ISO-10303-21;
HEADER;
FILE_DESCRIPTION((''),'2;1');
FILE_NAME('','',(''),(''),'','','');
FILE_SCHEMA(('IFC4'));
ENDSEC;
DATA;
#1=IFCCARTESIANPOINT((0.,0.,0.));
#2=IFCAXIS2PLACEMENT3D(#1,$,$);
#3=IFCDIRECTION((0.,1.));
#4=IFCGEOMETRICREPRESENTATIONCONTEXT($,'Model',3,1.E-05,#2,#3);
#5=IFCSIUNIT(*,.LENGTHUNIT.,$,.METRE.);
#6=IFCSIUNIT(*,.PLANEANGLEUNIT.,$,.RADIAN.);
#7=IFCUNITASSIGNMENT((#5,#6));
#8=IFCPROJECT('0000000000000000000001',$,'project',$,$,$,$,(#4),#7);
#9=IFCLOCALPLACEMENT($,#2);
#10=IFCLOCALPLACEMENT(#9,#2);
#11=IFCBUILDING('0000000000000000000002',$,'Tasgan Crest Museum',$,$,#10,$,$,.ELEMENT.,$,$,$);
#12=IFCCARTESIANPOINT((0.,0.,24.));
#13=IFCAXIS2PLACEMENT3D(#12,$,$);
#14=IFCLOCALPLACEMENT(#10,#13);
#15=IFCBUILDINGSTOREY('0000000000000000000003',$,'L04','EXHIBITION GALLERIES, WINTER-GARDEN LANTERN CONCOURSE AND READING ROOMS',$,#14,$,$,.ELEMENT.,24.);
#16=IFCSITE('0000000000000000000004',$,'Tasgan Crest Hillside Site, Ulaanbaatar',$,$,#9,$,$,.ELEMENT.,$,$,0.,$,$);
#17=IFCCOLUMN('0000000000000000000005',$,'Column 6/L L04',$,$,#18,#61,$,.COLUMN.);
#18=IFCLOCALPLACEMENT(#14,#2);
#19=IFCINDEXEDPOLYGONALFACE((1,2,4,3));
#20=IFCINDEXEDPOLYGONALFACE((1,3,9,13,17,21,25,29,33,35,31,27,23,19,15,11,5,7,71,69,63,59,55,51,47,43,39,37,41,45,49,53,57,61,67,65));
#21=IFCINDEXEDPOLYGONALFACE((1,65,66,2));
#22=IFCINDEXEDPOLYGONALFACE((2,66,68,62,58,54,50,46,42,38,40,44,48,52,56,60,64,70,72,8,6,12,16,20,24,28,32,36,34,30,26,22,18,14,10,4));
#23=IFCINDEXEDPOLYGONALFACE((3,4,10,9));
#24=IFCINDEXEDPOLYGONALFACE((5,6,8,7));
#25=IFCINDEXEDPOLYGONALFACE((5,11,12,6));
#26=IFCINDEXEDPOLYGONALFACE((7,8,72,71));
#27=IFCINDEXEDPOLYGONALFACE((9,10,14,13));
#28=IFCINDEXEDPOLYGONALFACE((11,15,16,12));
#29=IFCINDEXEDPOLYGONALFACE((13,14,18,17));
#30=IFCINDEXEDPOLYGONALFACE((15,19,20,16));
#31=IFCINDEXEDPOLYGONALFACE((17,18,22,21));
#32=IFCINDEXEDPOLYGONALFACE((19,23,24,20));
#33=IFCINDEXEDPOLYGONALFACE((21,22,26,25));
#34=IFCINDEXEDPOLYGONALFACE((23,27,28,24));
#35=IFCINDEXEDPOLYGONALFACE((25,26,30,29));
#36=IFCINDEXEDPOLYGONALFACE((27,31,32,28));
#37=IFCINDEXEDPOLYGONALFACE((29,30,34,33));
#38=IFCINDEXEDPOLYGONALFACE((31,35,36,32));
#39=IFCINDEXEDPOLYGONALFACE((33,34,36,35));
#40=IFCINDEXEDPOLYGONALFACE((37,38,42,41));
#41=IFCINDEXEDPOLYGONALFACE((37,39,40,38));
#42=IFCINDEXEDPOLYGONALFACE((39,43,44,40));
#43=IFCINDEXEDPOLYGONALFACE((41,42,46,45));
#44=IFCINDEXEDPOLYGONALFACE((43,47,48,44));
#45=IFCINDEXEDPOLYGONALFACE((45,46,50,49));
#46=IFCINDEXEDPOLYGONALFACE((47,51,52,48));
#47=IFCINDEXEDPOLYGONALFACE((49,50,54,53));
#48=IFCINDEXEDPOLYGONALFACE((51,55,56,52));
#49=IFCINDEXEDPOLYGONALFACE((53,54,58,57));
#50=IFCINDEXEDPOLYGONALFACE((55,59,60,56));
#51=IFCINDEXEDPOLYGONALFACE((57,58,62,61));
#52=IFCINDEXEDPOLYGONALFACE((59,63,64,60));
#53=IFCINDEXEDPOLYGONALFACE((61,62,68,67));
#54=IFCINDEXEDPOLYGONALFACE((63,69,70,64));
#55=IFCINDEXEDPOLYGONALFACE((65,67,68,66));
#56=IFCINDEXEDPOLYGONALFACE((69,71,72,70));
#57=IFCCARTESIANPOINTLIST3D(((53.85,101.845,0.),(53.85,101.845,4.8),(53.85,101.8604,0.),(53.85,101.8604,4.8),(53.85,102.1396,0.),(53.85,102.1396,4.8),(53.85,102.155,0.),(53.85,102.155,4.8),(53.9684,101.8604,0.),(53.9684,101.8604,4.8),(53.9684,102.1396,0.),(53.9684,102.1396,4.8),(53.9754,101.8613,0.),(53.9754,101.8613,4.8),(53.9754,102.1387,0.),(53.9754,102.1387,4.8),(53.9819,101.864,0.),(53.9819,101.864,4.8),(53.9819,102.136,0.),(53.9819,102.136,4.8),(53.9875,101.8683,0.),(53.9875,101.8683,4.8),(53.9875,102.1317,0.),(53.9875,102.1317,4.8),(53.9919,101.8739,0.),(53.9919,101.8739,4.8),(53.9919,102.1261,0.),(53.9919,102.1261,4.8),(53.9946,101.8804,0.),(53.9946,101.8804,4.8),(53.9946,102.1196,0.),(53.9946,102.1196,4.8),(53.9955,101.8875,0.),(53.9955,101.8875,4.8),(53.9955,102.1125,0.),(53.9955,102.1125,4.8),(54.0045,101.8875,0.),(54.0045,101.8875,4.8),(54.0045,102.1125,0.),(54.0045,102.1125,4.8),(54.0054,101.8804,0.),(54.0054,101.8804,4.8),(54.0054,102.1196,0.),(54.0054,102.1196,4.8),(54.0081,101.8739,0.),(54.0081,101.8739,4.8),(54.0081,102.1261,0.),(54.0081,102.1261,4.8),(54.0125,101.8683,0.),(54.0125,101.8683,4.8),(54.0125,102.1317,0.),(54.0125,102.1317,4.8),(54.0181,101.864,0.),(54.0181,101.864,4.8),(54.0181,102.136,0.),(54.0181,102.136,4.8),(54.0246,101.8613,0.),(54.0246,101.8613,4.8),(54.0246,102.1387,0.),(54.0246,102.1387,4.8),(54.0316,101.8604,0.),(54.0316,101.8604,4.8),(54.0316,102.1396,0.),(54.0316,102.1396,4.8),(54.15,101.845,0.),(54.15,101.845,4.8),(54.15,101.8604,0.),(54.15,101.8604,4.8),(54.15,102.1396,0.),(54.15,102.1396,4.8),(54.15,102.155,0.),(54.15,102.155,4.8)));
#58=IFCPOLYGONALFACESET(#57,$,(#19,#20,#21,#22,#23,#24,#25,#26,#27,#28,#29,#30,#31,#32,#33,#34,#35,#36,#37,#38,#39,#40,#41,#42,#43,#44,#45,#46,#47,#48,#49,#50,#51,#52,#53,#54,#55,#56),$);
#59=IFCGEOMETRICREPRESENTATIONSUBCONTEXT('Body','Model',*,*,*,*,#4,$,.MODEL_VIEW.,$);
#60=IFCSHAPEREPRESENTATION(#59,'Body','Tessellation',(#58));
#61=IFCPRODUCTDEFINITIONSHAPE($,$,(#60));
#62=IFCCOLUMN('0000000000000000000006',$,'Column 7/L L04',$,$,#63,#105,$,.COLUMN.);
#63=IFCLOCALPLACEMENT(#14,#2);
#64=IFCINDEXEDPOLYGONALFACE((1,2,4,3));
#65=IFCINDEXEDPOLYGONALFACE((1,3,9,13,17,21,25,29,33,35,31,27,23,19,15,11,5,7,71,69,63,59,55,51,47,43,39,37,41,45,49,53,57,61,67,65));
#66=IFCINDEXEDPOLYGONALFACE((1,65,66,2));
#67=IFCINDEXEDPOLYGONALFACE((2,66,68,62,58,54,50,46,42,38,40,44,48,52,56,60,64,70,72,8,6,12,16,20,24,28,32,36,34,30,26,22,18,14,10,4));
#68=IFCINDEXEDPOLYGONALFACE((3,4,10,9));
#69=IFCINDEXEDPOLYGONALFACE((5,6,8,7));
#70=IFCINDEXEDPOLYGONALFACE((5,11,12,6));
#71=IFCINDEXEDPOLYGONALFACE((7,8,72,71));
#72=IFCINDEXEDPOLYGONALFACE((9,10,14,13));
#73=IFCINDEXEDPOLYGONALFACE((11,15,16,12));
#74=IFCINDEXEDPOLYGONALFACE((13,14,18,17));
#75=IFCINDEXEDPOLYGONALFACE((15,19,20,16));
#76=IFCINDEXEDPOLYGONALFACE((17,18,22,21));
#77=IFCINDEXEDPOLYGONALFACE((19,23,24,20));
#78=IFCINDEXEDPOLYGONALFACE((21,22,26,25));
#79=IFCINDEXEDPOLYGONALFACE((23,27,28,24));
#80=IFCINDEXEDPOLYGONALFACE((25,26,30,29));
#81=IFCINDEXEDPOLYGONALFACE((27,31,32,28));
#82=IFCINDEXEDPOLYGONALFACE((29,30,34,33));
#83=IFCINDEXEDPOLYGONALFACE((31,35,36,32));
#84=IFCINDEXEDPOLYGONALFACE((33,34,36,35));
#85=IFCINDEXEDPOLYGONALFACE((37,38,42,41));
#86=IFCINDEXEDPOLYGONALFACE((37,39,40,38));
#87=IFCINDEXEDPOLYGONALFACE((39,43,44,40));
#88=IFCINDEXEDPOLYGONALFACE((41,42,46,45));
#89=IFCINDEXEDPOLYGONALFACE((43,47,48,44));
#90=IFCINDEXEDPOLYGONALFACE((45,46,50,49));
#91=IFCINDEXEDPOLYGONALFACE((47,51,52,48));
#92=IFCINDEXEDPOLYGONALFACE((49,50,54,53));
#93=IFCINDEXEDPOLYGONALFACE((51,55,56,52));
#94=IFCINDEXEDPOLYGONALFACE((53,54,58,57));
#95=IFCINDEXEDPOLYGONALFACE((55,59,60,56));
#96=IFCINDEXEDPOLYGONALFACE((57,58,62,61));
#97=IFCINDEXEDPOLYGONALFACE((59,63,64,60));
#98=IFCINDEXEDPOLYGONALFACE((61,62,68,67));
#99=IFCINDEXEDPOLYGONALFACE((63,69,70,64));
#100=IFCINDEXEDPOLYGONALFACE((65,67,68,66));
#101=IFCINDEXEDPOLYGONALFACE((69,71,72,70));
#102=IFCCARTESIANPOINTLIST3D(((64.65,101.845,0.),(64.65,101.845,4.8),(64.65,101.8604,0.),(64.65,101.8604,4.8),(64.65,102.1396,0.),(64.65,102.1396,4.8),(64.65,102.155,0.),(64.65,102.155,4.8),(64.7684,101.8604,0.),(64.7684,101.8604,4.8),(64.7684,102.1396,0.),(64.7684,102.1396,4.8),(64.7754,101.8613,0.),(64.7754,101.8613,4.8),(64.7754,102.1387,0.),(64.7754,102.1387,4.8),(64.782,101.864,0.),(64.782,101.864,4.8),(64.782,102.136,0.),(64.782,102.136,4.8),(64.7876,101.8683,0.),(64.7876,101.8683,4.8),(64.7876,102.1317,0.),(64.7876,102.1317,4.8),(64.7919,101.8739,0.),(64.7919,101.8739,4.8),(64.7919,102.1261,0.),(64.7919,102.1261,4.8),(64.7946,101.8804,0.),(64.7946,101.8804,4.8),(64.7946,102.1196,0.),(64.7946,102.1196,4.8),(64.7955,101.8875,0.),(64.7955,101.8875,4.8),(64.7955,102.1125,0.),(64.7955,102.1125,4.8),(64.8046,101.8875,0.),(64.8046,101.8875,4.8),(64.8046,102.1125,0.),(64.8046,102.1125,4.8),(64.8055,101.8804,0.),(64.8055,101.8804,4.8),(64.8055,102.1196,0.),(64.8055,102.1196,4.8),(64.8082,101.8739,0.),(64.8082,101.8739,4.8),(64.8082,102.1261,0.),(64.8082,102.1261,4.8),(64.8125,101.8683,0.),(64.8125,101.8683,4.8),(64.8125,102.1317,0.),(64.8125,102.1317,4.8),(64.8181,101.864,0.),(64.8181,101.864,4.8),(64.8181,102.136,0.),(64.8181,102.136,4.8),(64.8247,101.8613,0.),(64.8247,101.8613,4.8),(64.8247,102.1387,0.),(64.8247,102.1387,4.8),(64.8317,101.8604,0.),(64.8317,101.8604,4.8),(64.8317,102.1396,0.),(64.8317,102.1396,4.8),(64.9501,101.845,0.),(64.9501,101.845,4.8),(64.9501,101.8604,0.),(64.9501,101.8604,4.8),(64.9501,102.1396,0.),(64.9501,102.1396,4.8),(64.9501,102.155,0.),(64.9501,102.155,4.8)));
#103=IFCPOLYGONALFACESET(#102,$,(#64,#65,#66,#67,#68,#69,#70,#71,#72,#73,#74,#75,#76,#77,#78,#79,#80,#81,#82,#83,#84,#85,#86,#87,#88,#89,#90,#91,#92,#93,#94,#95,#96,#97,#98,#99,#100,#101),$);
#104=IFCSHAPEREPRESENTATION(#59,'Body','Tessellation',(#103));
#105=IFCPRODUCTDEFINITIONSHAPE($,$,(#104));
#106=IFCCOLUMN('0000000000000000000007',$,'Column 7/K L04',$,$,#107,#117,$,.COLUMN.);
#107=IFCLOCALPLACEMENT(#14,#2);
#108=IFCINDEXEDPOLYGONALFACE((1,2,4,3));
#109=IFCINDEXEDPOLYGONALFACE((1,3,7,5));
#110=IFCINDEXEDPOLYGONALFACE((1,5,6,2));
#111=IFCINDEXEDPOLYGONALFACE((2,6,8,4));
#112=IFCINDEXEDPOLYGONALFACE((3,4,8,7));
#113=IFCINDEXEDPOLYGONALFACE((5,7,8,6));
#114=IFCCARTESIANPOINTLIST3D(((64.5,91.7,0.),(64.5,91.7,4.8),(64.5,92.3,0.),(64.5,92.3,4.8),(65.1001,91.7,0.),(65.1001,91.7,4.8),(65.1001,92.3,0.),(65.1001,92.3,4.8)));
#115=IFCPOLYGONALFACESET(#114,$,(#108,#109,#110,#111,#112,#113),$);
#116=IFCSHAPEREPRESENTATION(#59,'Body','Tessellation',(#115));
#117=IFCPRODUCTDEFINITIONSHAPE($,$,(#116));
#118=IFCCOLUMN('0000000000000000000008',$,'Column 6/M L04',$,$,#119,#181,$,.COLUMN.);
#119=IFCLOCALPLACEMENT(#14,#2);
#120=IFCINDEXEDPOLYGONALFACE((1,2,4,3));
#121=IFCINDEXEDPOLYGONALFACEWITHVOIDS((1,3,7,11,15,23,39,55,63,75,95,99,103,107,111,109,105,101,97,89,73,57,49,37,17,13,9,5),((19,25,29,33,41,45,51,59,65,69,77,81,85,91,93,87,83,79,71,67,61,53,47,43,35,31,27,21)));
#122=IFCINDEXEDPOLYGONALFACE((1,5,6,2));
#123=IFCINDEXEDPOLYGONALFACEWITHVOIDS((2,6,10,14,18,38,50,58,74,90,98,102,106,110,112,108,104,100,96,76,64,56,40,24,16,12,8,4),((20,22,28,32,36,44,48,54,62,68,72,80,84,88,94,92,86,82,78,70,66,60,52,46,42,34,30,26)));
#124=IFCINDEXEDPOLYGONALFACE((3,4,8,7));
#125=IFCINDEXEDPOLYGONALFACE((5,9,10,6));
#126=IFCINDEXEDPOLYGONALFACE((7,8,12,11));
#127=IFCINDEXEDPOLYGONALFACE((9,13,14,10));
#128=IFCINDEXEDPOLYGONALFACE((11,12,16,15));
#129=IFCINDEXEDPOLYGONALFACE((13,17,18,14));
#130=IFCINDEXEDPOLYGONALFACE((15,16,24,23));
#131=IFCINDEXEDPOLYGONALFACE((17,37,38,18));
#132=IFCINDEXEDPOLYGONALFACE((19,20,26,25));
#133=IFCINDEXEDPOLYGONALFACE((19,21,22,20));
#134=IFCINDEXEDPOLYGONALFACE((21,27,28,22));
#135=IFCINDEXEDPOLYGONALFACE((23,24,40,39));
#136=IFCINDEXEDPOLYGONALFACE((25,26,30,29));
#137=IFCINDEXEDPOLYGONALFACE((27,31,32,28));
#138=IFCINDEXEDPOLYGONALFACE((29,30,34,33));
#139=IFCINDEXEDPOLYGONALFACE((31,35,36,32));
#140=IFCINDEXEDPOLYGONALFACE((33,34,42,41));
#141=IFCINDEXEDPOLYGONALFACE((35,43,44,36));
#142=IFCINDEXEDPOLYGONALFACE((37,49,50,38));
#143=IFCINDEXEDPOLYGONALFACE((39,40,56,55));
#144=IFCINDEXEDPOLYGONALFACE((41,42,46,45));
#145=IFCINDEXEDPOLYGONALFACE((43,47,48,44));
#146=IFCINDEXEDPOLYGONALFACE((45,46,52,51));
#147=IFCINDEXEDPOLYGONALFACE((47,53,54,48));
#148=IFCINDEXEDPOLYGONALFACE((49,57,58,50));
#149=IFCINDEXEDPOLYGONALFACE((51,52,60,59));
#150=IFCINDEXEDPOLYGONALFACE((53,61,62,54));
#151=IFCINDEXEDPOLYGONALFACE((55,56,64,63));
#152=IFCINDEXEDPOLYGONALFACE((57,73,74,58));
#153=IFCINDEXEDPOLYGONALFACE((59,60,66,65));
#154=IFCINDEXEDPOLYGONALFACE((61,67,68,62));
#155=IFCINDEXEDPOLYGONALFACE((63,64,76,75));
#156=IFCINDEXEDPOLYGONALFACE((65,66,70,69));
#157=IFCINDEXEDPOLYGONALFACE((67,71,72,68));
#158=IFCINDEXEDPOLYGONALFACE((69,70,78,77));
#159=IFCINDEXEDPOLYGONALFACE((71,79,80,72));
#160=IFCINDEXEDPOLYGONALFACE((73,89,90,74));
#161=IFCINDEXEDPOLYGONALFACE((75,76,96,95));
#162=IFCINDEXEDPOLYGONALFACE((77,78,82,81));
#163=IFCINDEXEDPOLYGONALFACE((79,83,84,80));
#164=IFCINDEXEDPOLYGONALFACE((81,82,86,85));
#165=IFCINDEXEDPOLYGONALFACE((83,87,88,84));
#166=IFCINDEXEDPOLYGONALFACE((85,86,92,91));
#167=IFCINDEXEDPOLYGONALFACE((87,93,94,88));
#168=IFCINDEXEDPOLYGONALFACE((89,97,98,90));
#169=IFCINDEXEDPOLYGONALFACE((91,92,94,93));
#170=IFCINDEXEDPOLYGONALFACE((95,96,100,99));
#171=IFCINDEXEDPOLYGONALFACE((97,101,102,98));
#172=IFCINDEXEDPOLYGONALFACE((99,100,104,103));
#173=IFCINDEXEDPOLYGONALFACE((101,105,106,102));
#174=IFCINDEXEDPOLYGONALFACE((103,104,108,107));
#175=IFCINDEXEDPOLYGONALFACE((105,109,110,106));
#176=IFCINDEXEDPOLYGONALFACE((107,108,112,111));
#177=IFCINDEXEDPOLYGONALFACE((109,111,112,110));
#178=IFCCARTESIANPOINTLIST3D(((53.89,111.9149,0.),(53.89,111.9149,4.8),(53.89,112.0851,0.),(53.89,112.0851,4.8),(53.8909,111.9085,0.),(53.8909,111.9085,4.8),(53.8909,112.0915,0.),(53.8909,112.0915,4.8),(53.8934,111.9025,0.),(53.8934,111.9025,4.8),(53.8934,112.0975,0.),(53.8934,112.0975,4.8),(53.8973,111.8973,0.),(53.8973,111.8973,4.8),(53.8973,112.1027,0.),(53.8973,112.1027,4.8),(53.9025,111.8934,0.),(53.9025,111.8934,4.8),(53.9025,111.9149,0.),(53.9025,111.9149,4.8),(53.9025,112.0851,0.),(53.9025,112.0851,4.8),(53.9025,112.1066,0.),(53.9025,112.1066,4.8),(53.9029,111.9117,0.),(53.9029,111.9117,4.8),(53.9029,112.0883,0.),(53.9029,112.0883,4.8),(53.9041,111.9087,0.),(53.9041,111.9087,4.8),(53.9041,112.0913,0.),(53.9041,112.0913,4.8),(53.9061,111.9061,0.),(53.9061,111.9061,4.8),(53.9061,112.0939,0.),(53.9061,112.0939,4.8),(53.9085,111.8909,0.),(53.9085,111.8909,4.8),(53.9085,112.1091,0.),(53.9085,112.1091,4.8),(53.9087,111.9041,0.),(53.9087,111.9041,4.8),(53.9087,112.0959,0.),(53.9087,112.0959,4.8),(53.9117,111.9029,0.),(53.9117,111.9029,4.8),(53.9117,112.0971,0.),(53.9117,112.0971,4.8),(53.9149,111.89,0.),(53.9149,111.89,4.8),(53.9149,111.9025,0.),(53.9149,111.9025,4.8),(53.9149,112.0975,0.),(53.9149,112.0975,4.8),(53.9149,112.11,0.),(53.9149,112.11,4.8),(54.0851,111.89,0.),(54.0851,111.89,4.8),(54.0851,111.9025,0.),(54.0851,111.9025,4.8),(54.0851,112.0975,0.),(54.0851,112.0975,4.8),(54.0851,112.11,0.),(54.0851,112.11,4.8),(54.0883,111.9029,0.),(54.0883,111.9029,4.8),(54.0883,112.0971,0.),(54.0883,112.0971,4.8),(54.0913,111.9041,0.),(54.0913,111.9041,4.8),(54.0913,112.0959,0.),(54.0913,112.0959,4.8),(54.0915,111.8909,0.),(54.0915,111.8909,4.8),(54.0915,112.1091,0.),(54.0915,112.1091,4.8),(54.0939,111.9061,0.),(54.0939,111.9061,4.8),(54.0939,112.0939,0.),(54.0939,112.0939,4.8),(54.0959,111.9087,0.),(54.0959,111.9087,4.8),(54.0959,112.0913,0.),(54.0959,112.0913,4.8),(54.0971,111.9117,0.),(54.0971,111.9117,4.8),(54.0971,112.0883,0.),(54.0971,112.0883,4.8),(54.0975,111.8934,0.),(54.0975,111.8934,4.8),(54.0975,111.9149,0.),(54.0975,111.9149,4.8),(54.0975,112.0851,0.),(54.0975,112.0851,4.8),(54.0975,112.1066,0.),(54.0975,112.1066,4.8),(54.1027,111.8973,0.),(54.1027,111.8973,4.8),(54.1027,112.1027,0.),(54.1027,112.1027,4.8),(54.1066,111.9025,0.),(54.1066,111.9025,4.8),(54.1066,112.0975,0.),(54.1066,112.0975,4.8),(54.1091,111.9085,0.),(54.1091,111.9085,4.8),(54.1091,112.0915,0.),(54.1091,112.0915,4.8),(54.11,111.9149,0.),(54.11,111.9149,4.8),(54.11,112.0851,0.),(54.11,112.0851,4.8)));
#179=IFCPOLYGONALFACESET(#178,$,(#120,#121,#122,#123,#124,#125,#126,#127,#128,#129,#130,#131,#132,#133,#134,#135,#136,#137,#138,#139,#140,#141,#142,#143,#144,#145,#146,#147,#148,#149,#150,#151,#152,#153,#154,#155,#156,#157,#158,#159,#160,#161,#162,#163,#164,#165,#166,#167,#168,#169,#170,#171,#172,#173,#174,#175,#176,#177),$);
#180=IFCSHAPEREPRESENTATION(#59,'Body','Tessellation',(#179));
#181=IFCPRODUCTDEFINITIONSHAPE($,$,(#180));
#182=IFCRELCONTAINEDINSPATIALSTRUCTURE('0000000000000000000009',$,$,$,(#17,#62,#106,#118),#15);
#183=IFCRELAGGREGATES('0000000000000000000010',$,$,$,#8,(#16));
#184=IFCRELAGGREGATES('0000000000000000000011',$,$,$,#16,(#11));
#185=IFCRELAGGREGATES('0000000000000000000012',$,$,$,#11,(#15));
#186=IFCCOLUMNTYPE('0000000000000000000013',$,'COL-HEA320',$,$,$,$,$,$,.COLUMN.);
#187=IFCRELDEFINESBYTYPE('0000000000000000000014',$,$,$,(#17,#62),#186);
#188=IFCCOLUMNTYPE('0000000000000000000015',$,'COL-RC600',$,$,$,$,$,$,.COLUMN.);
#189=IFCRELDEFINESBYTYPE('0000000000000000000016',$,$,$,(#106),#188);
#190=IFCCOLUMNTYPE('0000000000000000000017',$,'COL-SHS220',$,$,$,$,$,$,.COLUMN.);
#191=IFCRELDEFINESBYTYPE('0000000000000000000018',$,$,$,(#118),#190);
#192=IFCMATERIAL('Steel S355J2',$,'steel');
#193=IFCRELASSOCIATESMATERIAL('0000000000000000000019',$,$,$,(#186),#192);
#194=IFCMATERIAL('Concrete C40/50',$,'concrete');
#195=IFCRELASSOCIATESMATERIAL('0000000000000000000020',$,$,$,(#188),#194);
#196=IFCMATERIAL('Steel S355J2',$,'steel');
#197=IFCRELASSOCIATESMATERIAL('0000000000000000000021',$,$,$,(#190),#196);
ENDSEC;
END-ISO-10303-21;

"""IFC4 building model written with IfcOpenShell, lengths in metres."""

from ifc_helpers import new_model, si_unit, direction, frame, origin, origin_2d, place, context, subcontext, project, spatial, rectangle, hollow_rectangle, i_section, extrude, material, material_profile, profile_set, type_object, element, save


model = new_model("IFC4")

# Units and contexts
model_context = context("Model", 3, precision=1e-05, world=origin(), true_north=direction((0.0, 1.0)))
body_context = subcontext(model_context, "Body", "Model", "MODEL_VIEW")
ifc_project = project(units=[si_unit("LENGTHUNIT", "METRE"), si_unit("PLANEANGLEUNIT", "RADIAN")], contexts=[model_context])

# Site, building, storey
site_placement = place(None, origin())
site = spatial("IfcSite", under=ifc_project, at=site_placement, Name="Tasgan Crest Hillside Site, Ulaanbaatar", CompositionType="ELEMENT", RefElevation=0.0)
building_placement = place(site_placement, origin())
building = spatial("IfcBuilding", under=site, at=building_placement, Name="Tasgan Crest Museum", CompositionType="ELEMENT")
storey_placement = place(building_placement, frame((0.0, 0.0, 24.0)))
storey = spatial("IfcBuildingStorey", under=building, at=storey_placement, Name="L04", Description="EXHIBITION GALLERIES, WINTER-GARDEN LANTERN CONCOURSE AND READING ROOMS", CompositionType="ELEMENT", Elevation=24.0)

# Columns
ifc_material_1 = material(Name="Steel S355J2", Category="steel")
ifc_material_profile_1 = material_profile(ifc_material_1, i_section(OverallWidth=0.3, OverallDepth=0.3101, WebThickness=0.009, FlangeThickness=0.0154, FilletRadius=0.0271, at=origin_2d()), Name="HEA 320")
ifc_profile_set_1 = profile_set([ifc_material_profile_1], Name="Steel S355J2")
column_type_1 = type_object("IfcColumnType", Name="COL-HEA320", PredefinedType="COLUMN", material=ifc_profile_set_1)
for number, where, z_axis, x_axis, name in (
    (1, (54.0, 102.0, 0.0), (0.0, 0.0, 1.0), (1.0, 0.0, 0.0), "Column 6/L L04"),
    (2, (64.8, 102.0, 0.0), (0.0, 0.0, 1.0), (1.0, 0.0, 0.0), "Column 7/L L04"),
):
    element("IfcColumn", number, at=place(storey_placement, frame(where, z_axis=z_axis, x_axis=x_axis)), inside=storey, type_object=column_type_1, Name=name, PredefinedType="COLUMN", context=body_context, shape_type="SweptSolid", body=[
        extrude(i_section(OverallWidth=0.3, OverallDepth=0.3101, WebThickness=0.009, FlangeThickness=0.0154, FilletRadius=0.0271, at=origin_2d()), origin(), (0.0, 0.0, 1.0), 4.8),
    ])
ifc_material_2 = material(Name="Concrete C40/50", Category="concrete")
ifc_material_profile_2 = material_profile(ifc_material_2, rectangle(XDim=0.6001, YDim=0.6001, at=origin_2d()), Name="RC 600x600")
ifc_profile_set_2 = profile_set([ifc_material_profile_2], Name="Concrete C40/50")
column_type_2 = type_object("IfcColumnType", Name="COL-RC600", PredefinedType="COLUMN", material=ifc_profile_set_2)
column_1_placement = place(storey_placement, frame((64.8, 92.0, 0.0), z_axis=(0.0, 0.0, 1.0), x_axis=(1.0, 0.0, 0.0)))
element("IfcColumn", 3, at=column_1_placement, inside=storey, type_object=column_type_2, Name="Column 7/K L04", PredefinedType="COLUMN", context=body_context, shape_type="SweptSolid", body=[
    extrude(rectangle(XDim=0.6001, YDim=0.6001, at=origin_2d()), origin(), (0.0, 0.0, 1.0), 4.8),
])
ifc_material_3 = material(Name="Steel S355J2", Category="steel")
ifc_material_profile_3 = material_profile(ifc_material_3, hollow_rectangle(XDim=0.22, YDim=0.22, WallThickness=0.0125, InnerFilletRadius=0.0125, OuterFilletRadius=0.0249, at=origin_2d()), Name="SHS 220x220x12.5")
ifc_profile_set_3 = profile_set([ifc_material_profile_3], Name="Steel S355J2")
column_type_3 = type_object("IfcColumnType", Name="COL-SHS220", PredefinedType="COLUMN", material=ifc_profile_set_3)
column_2_placement = place(storey_placement, frame((54.0, 112.0, 0.0), z_axis=(0.0, 0.0, 1.0), x_axis=(1.0, 0.0, 0.0)))
element("IfcColumn", 4, at=column_2_placement, inside=storey, type_object=column_type_3, Name="Column 6/M L04", PredefinedType="COLUMN", context=body_context, shape_type="SweptSolid", body=[
    extrude(hollow_rectangle(XDim=0.22, YDim=0.22, WallThickness=0.0125, InnerFilletRadius=0.0125, OuterFilletRadius=0.0249, at=origin_2d()), origin(), (0.0, 0.0, 1.0), 4.8),
])

save(model, "model.ifc")
